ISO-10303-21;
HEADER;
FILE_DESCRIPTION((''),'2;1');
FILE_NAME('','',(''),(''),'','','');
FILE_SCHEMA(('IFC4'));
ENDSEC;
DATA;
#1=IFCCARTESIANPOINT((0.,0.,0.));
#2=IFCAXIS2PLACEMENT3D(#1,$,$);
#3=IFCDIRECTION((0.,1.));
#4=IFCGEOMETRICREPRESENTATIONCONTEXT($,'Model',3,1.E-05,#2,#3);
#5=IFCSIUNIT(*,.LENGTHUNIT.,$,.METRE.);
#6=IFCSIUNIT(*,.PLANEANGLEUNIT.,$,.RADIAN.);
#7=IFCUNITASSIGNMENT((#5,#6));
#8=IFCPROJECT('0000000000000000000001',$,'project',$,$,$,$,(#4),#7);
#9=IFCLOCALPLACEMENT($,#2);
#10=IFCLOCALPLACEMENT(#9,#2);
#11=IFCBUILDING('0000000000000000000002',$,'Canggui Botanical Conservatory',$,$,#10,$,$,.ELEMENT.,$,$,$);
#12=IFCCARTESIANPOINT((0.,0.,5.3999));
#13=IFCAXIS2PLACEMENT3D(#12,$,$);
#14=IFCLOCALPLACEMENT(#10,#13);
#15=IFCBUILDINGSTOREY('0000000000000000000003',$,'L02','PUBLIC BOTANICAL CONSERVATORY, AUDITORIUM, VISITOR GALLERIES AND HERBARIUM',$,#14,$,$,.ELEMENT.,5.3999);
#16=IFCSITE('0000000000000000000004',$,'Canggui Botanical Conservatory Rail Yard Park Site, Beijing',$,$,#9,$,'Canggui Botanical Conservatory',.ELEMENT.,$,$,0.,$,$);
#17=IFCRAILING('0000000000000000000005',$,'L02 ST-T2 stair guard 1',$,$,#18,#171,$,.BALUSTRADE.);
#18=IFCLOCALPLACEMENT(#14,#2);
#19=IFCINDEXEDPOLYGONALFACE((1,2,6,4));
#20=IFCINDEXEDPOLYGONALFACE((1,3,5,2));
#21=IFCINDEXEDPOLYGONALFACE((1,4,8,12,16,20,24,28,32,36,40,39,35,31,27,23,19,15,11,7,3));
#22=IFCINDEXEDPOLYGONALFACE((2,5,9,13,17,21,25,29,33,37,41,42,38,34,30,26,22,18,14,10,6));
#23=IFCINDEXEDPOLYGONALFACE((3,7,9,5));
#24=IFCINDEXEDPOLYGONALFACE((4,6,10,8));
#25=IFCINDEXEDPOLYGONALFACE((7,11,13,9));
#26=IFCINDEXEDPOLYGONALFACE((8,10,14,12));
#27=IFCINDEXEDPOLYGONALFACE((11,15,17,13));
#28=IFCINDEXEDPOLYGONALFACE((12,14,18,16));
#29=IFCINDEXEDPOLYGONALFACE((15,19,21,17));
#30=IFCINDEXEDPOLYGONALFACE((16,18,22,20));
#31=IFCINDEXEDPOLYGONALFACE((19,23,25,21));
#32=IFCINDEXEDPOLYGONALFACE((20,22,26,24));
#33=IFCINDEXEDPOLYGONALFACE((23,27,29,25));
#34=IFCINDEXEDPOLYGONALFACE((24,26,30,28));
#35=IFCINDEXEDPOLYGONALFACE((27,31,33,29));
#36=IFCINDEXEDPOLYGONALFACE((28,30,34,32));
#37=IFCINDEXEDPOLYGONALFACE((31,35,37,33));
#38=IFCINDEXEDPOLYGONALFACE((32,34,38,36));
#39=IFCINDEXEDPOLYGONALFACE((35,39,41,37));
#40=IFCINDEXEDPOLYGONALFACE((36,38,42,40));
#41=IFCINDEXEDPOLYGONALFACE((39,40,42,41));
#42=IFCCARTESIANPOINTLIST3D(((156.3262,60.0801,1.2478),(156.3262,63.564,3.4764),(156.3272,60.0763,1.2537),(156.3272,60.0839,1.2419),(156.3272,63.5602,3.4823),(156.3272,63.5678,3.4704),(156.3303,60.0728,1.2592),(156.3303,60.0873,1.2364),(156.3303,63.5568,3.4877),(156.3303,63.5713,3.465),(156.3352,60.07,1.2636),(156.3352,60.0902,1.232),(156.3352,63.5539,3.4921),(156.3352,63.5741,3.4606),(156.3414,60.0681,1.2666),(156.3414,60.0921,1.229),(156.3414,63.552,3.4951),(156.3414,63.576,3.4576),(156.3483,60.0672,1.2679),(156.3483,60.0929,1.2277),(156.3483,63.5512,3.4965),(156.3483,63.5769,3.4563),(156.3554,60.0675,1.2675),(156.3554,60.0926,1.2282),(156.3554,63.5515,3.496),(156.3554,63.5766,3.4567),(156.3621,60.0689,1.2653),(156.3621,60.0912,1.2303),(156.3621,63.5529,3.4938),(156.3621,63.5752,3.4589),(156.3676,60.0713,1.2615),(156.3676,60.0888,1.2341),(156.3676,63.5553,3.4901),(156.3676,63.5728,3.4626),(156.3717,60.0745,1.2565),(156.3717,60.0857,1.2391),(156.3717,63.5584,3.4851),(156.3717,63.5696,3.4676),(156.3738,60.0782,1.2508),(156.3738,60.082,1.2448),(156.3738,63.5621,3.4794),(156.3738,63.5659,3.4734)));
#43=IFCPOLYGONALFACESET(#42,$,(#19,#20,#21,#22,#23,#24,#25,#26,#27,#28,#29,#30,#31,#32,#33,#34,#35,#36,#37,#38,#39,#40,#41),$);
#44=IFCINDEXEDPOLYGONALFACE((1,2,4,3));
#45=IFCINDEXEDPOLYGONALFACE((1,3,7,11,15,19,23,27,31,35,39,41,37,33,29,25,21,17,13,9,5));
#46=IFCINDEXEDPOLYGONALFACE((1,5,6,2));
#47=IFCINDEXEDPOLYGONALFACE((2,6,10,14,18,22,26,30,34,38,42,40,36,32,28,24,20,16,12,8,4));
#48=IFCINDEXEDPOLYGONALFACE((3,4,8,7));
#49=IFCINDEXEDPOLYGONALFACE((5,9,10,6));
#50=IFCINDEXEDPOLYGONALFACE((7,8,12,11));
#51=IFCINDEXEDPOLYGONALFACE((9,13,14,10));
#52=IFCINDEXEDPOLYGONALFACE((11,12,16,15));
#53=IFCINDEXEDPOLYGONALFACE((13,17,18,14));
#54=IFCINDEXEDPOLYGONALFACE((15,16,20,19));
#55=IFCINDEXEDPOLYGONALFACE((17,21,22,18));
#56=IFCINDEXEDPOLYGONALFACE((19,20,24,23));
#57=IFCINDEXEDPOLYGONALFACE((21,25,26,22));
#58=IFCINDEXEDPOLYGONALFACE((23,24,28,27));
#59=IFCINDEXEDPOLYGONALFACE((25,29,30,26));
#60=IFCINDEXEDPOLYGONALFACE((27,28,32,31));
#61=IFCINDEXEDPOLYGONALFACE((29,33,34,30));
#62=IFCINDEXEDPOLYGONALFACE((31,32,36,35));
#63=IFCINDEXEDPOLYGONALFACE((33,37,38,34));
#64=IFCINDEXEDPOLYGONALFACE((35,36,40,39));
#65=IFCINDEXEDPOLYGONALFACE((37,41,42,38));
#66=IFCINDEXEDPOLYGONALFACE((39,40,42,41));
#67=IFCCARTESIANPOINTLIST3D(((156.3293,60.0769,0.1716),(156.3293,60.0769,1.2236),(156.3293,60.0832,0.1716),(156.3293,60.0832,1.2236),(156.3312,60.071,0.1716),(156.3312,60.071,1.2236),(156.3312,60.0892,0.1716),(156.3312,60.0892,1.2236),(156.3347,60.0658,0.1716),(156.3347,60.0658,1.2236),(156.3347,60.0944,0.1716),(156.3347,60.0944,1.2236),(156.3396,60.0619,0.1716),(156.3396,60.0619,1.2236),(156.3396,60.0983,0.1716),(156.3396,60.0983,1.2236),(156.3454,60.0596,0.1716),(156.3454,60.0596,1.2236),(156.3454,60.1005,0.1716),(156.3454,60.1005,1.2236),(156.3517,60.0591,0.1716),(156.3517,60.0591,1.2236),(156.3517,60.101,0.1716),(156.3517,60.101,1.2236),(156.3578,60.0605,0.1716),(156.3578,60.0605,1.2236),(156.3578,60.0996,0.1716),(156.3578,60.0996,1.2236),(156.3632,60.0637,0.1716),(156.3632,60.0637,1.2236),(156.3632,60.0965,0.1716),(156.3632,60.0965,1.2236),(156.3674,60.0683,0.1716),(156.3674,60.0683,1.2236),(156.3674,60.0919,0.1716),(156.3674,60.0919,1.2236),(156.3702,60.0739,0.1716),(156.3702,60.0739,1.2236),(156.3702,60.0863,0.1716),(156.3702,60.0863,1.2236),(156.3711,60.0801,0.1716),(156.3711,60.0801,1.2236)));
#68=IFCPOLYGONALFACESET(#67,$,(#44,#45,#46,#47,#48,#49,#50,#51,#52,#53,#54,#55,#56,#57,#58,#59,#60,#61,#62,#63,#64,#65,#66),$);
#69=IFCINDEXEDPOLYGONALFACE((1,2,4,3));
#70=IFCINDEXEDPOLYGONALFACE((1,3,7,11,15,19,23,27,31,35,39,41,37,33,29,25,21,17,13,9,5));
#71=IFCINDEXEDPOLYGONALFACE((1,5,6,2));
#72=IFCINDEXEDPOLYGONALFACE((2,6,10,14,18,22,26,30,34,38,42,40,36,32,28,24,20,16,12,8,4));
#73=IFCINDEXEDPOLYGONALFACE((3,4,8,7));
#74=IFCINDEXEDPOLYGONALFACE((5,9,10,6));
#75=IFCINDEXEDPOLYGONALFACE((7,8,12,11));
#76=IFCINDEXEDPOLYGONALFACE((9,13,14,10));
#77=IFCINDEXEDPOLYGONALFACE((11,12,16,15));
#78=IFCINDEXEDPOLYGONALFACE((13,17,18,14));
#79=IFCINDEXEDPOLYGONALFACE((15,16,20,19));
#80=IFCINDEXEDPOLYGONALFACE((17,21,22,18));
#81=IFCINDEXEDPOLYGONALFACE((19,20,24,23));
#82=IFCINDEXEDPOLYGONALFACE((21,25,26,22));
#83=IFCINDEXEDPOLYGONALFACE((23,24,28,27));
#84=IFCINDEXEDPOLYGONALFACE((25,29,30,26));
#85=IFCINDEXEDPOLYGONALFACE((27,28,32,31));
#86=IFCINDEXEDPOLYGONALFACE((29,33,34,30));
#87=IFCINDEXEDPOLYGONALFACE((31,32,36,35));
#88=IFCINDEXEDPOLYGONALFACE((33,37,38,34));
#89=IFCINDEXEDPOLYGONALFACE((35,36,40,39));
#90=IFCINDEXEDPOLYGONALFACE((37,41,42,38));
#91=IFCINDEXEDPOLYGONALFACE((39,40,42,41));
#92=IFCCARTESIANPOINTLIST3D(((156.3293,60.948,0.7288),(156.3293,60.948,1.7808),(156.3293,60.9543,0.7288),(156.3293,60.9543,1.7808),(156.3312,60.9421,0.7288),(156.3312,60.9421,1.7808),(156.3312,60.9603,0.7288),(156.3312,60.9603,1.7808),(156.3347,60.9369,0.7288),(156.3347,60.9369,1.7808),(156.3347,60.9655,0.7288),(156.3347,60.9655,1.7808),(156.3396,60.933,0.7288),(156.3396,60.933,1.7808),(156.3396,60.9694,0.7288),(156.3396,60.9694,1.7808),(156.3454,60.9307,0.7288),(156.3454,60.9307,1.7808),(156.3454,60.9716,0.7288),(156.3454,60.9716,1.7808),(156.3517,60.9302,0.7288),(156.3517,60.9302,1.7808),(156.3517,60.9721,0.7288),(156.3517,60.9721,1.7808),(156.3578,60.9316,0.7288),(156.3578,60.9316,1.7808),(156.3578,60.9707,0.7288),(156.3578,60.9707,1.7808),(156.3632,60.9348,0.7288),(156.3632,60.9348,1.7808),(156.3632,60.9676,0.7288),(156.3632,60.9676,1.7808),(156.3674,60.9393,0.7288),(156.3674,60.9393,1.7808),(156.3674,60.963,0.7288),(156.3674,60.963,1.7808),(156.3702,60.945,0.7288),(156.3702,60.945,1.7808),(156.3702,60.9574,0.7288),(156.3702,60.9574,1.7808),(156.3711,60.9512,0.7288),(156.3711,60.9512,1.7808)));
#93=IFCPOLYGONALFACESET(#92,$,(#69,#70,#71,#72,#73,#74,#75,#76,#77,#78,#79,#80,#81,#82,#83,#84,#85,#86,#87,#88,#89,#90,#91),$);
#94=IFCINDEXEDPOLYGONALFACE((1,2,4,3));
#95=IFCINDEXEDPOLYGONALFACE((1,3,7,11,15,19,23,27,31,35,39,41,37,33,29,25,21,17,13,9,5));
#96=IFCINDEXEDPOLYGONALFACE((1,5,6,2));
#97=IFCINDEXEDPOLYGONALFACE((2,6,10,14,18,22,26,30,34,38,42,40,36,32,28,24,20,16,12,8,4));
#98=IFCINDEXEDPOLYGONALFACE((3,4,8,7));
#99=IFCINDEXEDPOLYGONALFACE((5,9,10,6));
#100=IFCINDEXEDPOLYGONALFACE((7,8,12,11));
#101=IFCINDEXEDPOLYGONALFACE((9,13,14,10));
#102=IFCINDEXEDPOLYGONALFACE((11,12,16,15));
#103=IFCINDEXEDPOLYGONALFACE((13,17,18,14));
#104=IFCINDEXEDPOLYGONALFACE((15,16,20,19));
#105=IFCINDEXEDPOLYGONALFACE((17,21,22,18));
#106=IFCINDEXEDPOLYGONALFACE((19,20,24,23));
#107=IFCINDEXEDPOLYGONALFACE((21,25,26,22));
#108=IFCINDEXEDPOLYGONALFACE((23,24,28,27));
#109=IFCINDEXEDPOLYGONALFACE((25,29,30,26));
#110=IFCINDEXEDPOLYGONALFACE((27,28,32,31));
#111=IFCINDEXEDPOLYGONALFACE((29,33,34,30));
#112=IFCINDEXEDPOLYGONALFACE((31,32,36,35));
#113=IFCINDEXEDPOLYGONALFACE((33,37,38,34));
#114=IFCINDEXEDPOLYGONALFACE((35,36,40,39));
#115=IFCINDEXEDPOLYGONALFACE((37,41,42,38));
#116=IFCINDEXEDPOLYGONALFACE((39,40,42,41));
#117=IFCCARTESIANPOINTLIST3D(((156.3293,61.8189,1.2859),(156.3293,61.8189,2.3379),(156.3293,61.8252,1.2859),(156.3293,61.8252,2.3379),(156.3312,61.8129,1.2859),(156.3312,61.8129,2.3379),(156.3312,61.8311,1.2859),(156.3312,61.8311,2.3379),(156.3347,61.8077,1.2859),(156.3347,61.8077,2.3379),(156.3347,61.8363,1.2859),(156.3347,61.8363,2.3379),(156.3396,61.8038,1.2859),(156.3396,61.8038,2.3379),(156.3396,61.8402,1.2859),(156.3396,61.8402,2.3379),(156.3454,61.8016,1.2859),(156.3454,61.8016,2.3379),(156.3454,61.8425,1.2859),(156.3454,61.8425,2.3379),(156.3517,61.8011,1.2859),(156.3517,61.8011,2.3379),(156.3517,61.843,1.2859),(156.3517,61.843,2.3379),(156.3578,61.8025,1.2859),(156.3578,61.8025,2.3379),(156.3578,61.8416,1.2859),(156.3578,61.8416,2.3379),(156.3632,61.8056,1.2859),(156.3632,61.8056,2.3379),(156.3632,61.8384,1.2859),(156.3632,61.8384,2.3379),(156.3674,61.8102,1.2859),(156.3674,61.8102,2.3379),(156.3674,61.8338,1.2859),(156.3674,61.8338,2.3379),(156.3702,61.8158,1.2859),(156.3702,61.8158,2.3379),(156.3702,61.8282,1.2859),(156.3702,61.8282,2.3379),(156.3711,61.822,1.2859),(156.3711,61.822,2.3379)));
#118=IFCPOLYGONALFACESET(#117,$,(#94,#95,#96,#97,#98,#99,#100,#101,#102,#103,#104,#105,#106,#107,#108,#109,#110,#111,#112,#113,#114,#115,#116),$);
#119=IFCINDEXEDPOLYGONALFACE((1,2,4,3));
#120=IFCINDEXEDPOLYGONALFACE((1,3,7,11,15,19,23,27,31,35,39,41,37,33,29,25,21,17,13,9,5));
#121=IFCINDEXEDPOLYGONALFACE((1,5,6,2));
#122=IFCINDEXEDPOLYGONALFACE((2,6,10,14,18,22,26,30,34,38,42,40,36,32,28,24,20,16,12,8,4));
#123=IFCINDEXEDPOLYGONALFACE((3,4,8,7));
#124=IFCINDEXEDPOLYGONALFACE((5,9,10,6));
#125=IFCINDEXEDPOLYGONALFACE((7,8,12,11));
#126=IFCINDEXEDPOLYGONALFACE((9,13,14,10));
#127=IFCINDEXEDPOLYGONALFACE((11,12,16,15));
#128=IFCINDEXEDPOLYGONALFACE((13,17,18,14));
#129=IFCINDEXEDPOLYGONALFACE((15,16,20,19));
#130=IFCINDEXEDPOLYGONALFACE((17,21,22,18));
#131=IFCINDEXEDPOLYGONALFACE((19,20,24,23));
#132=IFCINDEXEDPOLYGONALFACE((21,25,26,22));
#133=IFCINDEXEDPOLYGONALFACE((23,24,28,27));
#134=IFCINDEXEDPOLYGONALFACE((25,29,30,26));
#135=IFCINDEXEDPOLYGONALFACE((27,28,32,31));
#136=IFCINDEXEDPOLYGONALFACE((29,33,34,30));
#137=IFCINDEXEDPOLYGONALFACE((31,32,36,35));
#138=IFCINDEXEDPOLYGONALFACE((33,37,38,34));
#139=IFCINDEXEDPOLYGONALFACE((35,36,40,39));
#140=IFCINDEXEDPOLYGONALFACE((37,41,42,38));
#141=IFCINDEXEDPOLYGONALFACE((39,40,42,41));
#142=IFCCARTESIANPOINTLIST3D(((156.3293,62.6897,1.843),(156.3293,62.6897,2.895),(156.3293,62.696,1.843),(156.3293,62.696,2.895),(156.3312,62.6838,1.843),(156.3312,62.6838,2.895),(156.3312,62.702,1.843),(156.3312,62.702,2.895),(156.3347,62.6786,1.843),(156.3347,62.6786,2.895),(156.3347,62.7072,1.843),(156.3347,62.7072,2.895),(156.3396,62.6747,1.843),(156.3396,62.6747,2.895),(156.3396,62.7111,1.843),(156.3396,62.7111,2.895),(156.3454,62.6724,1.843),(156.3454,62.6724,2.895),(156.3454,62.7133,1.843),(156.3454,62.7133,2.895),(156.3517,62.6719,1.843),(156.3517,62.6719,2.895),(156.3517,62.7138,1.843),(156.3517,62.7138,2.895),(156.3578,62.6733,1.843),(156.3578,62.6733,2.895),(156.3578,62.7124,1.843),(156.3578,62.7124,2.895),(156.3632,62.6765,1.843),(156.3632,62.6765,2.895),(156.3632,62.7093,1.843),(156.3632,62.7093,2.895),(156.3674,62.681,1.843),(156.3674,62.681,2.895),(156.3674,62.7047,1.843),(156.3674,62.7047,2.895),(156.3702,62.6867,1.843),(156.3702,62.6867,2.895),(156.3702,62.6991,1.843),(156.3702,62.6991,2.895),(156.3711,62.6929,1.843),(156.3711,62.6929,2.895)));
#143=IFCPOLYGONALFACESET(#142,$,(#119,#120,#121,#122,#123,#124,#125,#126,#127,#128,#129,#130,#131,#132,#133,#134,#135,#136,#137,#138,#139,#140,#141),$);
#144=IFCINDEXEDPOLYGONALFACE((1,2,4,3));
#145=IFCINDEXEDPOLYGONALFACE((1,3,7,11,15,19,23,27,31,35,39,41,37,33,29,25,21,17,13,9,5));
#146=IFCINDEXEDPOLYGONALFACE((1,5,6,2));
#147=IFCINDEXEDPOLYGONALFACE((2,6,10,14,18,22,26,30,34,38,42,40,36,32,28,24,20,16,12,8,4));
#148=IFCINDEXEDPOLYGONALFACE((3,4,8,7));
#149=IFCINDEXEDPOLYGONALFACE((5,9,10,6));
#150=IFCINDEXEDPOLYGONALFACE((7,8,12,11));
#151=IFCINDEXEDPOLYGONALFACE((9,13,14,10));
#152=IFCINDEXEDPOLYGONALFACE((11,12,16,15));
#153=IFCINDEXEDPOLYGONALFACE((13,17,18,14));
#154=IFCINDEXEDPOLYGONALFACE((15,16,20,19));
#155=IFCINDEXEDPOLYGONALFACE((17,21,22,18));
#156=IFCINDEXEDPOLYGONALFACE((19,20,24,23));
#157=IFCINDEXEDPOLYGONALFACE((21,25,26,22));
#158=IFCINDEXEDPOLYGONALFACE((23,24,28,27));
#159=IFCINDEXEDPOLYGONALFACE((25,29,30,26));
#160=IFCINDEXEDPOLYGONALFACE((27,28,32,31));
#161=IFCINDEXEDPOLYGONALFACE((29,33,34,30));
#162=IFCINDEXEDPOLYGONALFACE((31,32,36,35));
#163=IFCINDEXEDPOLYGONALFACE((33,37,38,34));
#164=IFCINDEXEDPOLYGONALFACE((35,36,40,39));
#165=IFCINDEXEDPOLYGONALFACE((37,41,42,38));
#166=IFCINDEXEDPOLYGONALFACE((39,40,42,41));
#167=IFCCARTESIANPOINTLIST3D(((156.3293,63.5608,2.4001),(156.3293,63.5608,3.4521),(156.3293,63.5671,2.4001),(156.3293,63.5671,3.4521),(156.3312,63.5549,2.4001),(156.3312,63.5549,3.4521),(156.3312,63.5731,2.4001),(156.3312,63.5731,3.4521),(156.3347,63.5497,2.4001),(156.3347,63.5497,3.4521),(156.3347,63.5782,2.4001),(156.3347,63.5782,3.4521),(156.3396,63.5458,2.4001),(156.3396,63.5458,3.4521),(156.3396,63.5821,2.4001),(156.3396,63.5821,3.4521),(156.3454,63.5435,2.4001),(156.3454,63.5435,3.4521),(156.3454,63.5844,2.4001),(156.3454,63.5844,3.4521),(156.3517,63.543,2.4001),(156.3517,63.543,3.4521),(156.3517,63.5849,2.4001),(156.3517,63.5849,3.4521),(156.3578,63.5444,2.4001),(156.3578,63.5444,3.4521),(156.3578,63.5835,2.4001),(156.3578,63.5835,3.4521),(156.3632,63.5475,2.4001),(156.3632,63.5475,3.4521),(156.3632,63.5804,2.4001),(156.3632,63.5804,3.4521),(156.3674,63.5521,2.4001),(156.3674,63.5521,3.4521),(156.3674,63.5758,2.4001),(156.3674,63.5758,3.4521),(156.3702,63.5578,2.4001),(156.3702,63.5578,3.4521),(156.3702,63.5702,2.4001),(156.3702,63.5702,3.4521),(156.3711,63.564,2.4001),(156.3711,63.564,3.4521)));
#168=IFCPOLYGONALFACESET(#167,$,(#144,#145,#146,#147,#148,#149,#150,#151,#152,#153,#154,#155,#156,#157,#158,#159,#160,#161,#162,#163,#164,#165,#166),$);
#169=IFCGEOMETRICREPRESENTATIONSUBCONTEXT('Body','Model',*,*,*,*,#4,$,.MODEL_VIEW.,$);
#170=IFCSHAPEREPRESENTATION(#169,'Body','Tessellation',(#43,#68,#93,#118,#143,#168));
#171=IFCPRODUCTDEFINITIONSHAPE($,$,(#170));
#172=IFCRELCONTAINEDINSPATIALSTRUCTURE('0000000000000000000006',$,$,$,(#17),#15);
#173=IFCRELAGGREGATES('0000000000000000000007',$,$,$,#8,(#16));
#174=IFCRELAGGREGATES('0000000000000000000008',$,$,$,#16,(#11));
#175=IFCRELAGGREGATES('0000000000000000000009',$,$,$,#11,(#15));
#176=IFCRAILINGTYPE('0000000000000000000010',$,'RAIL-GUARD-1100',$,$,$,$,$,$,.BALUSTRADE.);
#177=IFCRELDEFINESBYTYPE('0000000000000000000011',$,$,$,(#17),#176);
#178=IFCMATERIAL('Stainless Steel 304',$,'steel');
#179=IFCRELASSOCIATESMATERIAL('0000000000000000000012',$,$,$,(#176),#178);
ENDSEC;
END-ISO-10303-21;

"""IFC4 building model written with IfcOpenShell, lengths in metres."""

from ifc_helpers import new_model, si_unit, direction, frame, origin, origin_2d, place, context, subcontext, project, spatial, circle, extrude, material, type_object, element, save


model = new_model("IFC4")

# Units and contexts
model_context = context("Model", 3, precision=1e-05, world=origin(), true_north=direction((0.0, 1.0)))
body_context = subcontext(model_context, "Body", "Model", "MODEL_VIEW")
ifc_project = project(units=[si_unit("LENGTHUNIT", "METRE"), si_unit("PLANEANGLEUNIT", "RADIAN")], contexts=[model_context])

# Site, building, storey
site_placement = place(None, origin())
site = spatial("IfcSite", under=ifc_project, at=site_placement, Name="Canggui Botanical Conservatory Rail Yard Park Site, Beijing", LongName="Canggui Botanical Conservatory", CompositionType="ELEMENT", RefElevation=0.0)
building_placement = place(site_placement, origin())
building = spatial("IfcBuilding", under=site, at=building_placement, Name="Canggui Botanical Conservatory", CompositionType="ELEMENT")
storey_placement = place(building_placement, frame((0.0, 0.0, 5.3999)))
storey = spatial("IfcBuildingStorey", under=building, at=storey_placement, Name="L02", Description="PUBLIC BOTANICAL CONSERVATORY, AUDITORIUM, VISITOR GALLERIES AND HERBARIUM", CompositionType="ELEMENT", Elevation=5.3999)

# Shared definitions
ifc_material_1 = material(Name="Stainless Steel 304", Category="steel")

# Railing
railing_type_1 = type_object("IfcRailingType", Name="RAIL-GUARD-1100", PredefinedType="BALUSTRADE", material=ifc_material_1)
railing_1_placement = place(storey_placement, frame((156.3501, 60.0801, 0.1716)))
element("IfcRailing", 1, at=railing_1_placement, inside=storey, type_object=railing_type_1, Name="L02 ST-T2 stair guard 1", PredefinedType="BALUSTRADE", context=body_context, shape_type="SweptSolid", body=[
    extrude(circle(Radius=0.0239, at=origin_2d()), frame((0.0, 0.0, 1.0762), z_axis=(0.0, 0.8424, 0.538853), x_axis=(-1.0, 0.0, 0.0)), (0.0, 0.0, 1.0), 4.1357),
    extrude(circle(Radius=0.021, at=origin_2d()), origin(), (0.0, 0.0, 1.0), 1.052),
    extrude(circle(Radius=0.021, at=origin_2d()), frame((0.0, 0.8711, 0.5571)), (0.0, 0.0, 1.0), 1.052),
    extrude(circle(Radius=0.021, at=origin_2d()), frame((0.0, 1.7419, 1.1143)), (0.0, 0.0, 1.0), 1.052),
    extrude(circle(Radius=0.021, at=origin_2d()), frame((0.0, 2.6128, 1.6714)), (0.0, 0.0, 1.0), 1.052),
    extrude(circle(Radius=0.021, at=origin_2d()), frame((0.0, 3.4839, 2.2285)), (0.0, 0.0, 1.0), 1.052),
])

save(model, "model.ifc")
